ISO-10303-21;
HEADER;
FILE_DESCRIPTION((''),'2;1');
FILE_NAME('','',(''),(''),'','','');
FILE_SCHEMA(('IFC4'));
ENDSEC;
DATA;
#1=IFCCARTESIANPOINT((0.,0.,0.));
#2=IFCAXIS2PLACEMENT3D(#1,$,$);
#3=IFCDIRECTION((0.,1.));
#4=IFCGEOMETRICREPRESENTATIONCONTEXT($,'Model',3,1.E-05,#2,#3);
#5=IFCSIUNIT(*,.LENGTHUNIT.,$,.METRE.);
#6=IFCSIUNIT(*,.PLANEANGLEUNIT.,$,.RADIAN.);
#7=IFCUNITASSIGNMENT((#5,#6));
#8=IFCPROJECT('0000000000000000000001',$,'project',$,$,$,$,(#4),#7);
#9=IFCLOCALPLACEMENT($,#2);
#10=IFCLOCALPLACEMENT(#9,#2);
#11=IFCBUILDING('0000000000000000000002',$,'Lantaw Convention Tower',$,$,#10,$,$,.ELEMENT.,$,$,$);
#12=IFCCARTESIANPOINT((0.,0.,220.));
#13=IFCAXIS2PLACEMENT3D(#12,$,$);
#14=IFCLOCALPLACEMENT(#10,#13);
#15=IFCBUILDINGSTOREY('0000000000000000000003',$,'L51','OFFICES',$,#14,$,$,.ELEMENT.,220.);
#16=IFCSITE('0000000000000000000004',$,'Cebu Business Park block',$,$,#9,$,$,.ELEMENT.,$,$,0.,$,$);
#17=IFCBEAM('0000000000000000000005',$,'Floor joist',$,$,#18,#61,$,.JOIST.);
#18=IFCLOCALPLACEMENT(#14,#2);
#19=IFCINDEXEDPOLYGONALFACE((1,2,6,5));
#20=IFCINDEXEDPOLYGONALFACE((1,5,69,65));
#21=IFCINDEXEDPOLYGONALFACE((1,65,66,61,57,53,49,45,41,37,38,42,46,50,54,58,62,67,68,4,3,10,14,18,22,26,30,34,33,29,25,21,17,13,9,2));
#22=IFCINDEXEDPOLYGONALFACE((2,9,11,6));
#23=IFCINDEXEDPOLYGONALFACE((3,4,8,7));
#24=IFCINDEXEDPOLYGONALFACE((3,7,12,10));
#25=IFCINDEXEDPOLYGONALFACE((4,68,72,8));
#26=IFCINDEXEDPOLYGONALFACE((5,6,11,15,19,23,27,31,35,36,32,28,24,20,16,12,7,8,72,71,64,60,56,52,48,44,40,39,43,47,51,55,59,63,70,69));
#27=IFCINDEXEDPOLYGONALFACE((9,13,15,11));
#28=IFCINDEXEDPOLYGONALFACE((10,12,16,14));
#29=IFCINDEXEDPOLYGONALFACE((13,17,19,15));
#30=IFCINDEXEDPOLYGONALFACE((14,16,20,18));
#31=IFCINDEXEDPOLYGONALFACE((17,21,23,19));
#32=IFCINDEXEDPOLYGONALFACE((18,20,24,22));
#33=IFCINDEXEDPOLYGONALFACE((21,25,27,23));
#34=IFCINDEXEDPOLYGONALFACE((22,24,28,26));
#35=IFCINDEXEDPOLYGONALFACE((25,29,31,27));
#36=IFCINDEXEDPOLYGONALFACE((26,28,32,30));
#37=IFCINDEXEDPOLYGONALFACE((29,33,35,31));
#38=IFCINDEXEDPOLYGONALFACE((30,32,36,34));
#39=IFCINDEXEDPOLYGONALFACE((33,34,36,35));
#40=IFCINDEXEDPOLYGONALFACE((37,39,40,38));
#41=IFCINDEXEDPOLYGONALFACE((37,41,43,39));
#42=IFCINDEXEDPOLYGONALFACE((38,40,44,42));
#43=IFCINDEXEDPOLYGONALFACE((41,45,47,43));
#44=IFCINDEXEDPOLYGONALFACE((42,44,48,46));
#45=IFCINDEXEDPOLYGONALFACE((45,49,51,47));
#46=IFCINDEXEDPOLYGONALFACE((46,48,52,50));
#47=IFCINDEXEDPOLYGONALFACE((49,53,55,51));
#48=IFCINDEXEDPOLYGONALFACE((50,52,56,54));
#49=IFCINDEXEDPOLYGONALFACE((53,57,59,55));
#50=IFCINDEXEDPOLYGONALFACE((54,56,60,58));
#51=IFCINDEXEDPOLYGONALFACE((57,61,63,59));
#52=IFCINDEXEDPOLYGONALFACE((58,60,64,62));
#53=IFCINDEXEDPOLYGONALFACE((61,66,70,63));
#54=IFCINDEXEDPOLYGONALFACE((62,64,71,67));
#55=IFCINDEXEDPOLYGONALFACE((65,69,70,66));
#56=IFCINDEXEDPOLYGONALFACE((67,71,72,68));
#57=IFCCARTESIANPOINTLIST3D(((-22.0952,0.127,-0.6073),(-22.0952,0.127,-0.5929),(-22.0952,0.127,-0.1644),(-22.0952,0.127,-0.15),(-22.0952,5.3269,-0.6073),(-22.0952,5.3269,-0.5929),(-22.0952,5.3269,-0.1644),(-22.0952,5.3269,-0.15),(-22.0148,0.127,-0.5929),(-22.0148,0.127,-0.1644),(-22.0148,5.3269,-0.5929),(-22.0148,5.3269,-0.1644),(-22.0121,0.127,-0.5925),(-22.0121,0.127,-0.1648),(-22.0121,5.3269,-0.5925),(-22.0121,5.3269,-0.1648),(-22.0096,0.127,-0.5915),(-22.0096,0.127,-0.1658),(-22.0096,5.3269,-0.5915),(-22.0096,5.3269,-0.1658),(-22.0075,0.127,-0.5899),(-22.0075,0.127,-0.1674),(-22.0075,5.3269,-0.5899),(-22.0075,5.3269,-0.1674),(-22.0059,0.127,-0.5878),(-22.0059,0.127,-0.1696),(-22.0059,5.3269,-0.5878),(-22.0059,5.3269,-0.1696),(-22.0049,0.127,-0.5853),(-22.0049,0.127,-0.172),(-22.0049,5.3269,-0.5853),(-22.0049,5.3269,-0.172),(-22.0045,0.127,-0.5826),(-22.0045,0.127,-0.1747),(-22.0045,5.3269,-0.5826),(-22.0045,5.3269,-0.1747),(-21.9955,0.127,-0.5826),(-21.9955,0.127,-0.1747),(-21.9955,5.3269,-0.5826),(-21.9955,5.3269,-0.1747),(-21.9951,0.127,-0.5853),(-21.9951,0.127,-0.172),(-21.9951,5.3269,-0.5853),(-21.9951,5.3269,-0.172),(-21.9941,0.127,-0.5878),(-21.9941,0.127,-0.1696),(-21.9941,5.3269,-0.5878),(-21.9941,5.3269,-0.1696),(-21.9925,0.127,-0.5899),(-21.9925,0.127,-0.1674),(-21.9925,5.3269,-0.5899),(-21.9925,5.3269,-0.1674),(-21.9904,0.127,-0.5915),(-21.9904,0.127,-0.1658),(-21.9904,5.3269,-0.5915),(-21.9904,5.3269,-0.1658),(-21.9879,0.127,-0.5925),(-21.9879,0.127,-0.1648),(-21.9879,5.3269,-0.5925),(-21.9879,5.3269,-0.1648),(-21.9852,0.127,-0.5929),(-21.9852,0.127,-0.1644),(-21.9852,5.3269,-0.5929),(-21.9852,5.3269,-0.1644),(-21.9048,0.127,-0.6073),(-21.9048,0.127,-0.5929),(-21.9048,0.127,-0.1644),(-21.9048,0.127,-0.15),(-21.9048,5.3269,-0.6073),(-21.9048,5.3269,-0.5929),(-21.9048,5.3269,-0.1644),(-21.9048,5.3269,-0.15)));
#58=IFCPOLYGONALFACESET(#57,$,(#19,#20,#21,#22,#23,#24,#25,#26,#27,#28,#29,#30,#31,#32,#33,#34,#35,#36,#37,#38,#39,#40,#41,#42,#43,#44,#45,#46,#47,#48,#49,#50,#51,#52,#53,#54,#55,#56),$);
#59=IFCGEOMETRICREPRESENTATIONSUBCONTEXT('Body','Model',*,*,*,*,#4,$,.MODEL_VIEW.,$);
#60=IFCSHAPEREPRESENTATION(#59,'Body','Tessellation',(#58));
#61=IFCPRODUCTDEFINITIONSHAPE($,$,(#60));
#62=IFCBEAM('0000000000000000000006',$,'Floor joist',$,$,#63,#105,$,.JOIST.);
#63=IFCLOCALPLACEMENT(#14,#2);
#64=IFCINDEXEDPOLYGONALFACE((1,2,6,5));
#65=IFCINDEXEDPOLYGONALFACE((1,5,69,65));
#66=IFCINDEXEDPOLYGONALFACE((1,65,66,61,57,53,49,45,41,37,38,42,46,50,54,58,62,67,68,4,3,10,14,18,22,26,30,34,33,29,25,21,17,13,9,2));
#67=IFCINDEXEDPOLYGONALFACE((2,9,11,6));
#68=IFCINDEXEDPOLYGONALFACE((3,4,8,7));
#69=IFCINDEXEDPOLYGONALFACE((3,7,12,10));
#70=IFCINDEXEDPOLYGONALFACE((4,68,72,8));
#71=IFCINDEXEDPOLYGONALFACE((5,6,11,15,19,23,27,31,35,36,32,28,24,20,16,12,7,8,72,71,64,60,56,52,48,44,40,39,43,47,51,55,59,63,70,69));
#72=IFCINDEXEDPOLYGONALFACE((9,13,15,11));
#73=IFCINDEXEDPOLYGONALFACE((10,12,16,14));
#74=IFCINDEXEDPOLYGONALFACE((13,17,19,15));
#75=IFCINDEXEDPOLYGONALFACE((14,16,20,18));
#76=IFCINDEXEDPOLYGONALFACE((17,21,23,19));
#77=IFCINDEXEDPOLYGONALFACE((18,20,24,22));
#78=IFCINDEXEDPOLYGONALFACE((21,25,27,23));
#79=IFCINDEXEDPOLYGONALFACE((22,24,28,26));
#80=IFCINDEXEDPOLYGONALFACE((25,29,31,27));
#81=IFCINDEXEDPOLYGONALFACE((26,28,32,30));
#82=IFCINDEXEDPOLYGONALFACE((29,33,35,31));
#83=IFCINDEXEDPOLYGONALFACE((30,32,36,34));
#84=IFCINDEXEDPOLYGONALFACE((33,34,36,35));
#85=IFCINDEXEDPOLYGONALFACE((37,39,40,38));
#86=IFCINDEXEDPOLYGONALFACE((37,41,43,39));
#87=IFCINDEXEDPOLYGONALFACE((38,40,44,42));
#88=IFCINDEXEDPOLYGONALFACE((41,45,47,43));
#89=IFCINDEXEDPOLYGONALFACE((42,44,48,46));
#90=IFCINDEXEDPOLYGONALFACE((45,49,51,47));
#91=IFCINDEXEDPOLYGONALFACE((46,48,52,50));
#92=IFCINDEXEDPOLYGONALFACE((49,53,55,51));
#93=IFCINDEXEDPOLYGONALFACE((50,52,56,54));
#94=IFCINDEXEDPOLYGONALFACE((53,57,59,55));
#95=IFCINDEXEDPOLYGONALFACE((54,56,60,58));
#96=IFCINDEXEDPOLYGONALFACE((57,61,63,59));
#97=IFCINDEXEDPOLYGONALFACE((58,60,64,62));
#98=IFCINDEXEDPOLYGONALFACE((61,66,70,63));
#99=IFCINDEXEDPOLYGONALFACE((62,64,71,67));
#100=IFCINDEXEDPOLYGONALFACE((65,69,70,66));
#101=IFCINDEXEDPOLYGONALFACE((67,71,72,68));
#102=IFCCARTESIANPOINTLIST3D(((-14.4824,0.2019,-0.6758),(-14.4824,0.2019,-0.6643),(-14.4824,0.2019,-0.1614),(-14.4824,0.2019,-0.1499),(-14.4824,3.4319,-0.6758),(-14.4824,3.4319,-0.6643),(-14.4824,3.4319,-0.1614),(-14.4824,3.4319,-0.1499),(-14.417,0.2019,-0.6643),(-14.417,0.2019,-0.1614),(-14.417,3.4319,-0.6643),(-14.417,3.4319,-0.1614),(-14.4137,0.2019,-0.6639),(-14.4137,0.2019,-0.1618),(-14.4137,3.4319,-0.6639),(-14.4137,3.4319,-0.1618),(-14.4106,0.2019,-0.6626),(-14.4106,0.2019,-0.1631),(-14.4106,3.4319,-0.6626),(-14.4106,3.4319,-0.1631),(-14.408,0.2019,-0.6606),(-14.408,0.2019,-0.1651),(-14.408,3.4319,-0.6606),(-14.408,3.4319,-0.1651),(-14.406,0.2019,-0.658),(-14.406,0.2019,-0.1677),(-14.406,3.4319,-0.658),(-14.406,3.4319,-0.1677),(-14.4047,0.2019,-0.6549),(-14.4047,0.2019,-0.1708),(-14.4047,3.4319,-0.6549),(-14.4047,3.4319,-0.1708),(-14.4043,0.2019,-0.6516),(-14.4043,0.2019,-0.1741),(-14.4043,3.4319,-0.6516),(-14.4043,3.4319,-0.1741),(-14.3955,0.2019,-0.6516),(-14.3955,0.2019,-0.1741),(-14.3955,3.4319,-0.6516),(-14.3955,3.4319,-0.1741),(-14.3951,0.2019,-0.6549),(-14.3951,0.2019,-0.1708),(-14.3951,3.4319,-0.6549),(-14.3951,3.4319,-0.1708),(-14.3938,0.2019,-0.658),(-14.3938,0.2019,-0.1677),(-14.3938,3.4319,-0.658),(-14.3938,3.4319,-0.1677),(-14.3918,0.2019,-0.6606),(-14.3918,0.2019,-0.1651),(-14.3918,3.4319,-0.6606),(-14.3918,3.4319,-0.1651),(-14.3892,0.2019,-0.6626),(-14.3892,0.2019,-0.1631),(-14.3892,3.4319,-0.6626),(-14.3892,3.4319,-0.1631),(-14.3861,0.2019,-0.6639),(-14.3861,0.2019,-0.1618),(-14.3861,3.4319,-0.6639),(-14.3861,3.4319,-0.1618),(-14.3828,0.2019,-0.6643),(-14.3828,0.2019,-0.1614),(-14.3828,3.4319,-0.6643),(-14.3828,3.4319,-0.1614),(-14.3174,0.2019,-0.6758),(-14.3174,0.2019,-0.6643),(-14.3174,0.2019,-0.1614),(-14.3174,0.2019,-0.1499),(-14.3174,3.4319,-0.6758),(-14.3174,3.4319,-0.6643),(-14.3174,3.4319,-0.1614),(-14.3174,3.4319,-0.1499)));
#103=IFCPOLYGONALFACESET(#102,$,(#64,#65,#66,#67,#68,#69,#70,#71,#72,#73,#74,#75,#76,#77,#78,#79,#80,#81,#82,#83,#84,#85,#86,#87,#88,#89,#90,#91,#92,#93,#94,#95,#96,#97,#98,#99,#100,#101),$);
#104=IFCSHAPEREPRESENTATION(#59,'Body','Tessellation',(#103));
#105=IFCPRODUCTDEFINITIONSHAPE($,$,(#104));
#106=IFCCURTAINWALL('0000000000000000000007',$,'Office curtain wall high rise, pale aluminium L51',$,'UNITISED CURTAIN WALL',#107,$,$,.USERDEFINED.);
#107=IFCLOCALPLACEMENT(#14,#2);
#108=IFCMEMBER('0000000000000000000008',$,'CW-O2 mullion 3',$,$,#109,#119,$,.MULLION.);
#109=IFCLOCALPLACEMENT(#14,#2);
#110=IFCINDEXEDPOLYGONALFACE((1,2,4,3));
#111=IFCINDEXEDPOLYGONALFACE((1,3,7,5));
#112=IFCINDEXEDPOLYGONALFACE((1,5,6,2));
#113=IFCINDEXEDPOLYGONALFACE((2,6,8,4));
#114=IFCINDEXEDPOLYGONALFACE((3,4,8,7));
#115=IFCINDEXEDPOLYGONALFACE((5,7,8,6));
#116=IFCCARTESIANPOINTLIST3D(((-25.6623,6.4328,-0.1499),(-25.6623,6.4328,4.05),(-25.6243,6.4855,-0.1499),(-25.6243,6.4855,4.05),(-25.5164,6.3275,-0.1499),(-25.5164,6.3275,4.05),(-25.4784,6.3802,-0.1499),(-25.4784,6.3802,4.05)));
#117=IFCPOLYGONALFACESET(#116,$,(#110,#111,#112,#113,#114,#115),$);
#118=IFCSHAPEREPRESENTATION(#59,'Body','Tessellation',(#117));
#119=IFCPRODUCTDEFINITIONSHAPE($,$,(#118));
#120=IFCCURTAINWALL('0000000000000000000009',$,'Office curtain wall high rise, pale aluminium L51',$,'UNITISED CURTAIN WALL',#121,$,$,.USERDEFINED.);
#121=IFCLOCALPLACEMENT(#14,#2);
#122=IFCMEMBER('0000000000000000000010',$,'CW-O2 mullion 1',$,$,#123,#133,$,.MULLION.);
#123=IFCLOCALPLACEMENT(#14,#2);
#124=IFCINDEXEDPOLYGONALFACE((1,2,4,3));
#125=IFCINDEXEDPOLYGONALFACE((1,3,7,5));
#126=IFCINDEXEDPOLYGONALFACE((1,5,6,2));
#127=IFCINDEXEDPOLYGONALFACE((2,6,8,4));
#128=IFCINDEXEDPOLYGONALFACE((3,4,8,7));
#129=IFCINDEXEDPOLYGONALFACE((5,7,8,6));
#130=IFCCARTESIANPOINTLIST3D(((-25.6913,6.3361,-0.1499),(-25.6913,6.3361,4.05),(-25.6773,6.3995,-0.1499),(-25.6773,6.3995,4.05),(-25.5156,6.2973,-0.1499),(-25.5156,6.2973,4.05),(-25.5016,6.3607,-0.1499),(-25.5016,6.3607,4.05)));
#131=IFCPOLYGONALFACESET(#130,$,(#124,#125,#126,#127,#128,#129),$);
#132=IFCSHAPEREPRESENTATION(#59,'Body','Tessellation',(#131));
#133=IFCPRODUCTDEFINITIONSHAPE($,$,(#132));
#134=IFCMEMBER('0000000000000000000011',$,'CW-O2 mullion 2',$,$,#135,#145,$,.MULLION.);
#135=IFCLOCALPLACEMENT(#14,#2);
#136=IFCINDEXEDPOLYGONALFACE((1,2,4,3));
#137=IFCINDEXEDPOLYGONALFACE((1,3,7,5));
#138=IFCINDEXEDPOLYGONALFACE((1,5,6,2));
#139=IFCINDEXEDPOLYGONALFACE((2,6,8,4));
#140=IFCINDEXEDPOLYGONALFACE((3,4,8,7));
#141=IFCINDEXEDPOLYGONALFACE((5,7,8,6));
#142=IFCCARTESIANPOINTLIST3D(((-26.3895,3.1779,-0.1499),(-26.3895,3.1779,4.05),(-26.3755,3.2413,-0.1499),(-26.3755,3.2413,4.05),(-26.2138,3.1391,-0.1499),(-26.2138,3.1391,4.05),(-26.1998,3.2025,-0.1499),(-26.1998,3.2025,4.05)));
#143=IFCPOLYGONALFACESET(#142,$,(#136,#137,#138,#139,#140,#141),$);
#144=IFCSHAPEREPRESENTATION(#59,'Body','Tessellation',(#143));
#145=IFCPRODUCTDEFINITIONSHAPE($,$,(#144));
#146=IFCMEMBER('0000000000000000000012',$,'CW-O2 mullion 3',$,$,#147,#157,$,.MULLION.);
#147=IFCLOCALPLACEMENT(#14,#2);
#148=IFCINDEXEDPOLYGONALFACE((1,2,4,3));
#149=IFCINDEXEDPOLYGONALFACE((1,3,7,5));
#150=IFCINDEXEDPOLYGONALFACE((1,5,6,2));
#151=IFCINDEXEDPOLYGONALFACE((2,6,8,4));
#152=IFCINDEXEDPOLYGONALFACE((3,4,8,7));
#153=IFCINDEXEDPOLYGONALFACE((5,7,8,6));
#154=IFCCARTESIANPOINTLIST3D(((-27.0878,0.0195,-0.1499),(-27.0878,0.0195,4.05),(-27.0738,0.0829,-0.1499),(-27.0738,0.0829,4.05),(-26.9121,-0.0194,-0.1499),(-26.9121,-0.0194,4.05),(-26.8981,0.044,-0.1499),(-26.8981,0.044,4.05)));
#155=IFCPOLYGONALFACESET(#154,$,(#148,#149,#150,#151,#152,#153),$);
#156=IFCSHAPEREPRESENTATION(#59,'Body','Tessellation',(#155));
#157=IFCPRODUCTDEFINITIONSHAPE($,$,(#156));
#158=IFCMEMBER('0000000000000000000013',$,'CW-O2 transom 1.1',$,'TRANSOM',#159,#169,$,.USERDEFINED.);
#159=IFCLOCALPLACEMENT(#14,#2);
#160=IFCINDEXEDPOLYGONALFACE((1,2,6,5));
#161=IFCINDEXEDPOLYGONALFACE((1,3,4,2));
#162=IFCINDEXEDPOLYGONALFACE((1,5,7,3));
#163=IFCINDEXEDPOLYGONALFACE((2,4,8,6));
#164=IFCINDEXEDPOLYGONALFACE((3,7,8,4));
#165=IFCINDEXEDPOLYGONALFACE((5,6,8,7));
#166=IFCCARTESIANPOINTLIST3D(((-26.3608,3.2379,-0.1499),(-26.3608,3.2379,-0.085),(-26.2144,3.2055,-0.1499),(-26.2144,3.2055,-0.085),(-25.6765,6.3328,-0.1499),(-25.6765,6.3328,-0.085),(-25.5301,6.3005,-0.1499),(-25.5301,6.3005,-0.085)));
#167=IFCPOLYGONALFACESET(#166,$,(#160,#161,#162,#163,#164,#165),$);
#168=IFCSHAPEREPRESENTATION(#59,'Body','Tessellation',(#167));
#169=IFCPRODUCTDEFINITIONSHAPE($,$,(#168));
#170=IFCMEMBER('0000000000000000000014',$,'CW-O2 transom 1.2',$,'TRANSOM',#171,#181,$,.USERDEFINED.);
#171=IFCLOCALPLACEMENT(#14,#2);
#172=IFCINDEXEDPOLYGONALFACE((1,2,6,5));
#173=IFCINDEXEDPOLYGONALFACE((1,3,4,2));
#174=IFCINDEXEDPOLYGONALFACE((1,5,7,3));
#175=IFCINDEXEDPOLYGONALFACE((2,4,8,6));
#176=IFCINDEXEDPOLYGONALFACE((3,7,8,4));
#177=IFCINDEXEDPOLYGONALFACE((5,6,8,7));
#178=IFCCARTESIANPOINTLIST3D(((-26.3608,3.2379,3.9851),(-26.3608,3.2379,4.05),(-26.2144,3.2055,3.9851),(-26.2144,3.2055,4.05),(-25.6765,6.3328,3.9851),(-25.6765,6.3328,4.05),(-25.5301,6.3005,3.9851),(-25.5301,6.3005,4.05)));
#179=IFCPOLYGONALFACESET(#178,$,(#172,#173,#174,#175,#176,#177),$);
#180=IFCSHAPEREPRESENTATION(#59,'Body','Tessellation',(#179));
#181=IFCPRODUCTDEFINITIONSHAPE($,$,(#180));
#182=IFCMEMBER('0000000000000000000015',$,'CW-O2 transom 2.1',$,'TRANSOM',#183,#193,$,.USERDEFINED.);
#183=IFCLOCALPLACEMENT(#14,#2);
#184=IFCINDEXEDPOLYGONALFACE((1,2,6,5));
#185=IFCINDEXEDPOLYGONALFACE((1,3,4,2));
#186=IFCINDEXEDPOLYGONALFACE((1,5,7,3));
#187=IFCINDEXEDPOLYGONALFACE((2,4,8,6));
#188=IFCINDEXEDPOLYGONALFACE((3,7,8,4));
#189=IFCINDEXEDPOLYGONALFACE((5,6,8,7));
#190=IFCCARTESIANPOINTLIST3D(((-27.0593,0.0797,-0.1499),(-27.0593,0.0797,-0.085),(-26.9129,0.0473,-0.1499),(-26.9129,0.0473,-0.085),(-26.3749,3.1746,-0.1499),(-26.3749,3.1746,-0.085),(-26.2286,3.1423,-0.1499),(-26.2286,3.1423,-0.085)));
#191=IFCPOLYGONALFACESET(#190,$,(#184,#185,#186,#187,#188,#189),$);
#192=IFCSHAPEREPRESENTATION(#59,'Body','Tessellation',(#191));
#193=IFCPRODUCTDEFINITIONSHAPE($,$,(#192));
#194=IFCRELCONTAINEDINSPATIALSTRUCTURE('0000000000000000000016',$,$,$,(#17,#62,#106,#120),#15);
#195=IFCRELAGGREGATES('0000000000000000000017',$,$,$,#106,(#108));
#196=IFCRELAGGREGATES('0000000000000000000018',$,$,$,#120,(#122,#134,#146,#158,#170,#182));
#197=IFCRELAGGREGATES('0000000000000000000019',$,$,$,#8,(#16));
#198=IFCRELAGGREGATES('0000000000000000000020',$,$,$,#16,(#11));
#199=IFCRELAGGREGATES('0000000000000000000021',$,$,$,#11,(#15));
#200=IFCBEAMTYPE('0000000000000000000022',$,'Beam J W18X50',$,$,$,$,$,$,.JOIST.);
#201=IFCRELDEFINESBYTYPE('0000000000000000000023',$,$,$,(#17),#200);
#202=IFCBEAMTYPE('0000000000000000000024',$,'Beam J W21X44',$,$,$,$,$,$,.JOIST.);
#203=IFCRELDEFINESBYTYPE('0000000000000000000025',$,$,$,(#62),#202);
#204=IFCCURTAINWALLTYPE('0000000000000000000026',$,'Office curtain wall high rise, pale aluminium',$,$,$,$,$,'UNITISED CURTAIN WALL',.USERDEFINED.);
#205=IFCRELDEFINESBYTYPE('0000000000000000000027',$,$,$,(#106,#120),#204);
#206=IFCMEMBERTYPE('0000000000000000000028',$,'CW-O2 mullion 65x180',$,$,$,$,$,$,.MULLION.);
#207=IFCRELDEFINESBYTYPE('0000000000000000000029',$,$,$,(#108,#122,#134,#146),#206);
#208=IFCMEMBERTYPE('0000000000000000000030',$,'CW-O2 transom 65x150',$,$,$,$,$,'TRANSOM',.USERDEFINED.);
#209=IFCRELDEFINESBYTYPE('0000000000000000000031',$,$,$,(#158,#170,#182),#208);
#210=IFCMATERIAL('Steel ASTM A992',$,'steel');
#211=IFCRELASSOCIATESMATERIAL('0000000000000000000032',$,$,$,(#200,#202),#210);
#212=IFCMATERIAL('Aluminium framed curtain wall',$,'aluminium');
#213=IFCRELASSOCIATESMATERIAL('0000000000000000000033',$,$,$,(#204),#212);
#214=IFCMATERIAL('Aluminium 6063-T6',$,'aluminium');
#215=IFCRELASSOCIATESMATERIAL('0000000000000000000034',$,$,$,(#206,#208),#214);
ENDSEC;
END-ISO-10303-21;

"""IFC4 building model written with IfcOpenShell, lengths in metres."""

from ifc_helpers import new_model, si_unit, direction, frame, origin, origin_2d, place, context, subcontext, project, spatial, rectangle, i_section, extrude, material, material_profile, profile_set, type_object, element, aggregate, save


model = new_model("IFC4")

# Units and contexts
model_context = context("Model", 3, precision=1e-05, world=origin(), true_north=direction((0.0, 1.0)))
body_context = subcontext(model_context, "Body", "Model", "MODEL_VIEW")
ifc_project = project(units=[si_unit("LENGTHUNIT", "METRE"), si_unit("PLANEANGLEUNIT", "RADIAN")], contexts=[model_context])

# Site, building, storey
site_placement = place(None, origin())
site = spatial("IfcSite", under=ifc_project, at=site_placement, Name="Cebu Business Park block", CompositionType="ELEMENT", RefElevation=0.0)
building_placement = place(site_placement, origin())
building = spatial("IfcBuilding", under=site, at=building_placement, Name="Lantaw Convention Tower", CompositionType="ELEMENT")
storey_placement = place(building_placement, frame((0.0, 0.0, 220.0)))
storey = spatial("IfcBuildingStorey", under=building, at=storey_placement, Name="L51", Description="OFFICES", CompositionType="ELEMENT", Elevation=220.0)

# Beams
ifc_material_1 = material(Name="Steel ASTM A992", Category="steel")
ifc_material_profile_1 = material_profile(ifc_material_1, i_section(OverallWidth=0.1904, OverallDepth=0.4573, WebThickness=0.009, FlangeThickness=0.0144, FilletRadius=0.0103, at=origin_2d()), Name="W18X50")
ifc_profile_set_1 = profile_set([ifc_material_profile_1], Name="Steel ASTM A992")
beam_type_1 = type_object("IfcBeamType", Name="Beam J W18X50", PredefinedType="JOIST", material=ifc_profile_set_1)
beam_1_placement = place(storey_placement, frame((-22.0, 0.127, -0.3787), z_axis=(0.0, 1.0, 0.0), x_axis=(-1.0, 0.0, 0.0)))
element("IfcBeam", 1, at=beam_1_placement, inside=storey, type_object=beam_type_1, Name="Floor joist", PredefinedType="JOIST", context=body_context, shape_type="SweptSolid", body=[
    extrude(i_section(OverallWidth=0.1904, OverallDepth=0.4573, WebThickness=0.009, FlangeThickness=0.0144, FilletRadius=0.0103, at=origin_2d()), origin(), (0.0, 0.0, 1.0), 5.2),
])
ifc_material_profile_2 = material_profile(ifc_material_1, i_section(OverallWidth=0.165, OverallDepth=0.5259, WebThickness=0.0088, FlangeThickness=0.0115, FilletRadius=0.0127, at=origin_2d()), Name="W21X44")
ifc_profile_set_2 = profile_set([ifc_material_profile_2], Name="Steel ASTM A992")
beam_type_2 = type_object("IfcBeamType", Name="Beam J W21X44", PredefinedType="JOIST", material=ifc_profile_set_2)
beam_2_placement = place(storey_placement, frame((-14.3999, 0.2019, -0.4128), z_axis=(0.0, 1.0, 0.0), x_axis=(-1.0, 0.0, 0.0)))
element("IfcBeam", 2, at=beam_2_placement, inside=storey, type_object=beam_type_2, Name="Floor joist", PredefinedType="JOIST", context=body_context, shape_type="SweptSolid", body=[
    extrude(i_section(OverallWidth=0.165, OverallDepth=0.5259, WebThickness=0.0088, FlangeThickness=0.0115, FilletRadius=0.0127, at=origin_2d()), origin(), (0.0, 0.0, 1.0), 3.23),
])

# Curtain wall, member
ifc_material_2 = material(Name="Aluminium framed curtain wall", Category="aluminium")
curtain_wall_type = type_object("IfcCurtainWallType", Name="Office curtain wall high rise, pale aluminium", ElementType="UNITISED CURTAIN WALL", PredefinedType="USERDEFINED", material=ifc_material_2)
curtain_wall_1_placement = place(storey_placement, origin())
curtain_wall_1 = element("IfcCurtainWall", 3, at=curtain_wall_1_placement, inside=storey, type_object=curtain_wall_type, Name="Office curtain wall high rise, pale aluminium L51", ObjectType="UNITISED CURTAIN WALL", PredefinedType="USERDEFINED")
ifc_material_3 = material(Name="Aluminium 6063-T6", Category="aluminium")
ifc_material_profile_3 = material_profile(ifc_material_3, rectangle(XDim=0.1799, YDim=0.0649, at=origin_2d()), Name="CW-O2 mullion 65x180")
ifc_profile_set_3 = profile_set([ifc_material_profile_3], Name="Aluminium 6063-T6")
member_type_1 = type_object("IfcMemberType", Name="CW-O2 mullion 65x180", PredefinedType="MULLION", material=ifc_profile_set_3)
member_1_placement = place(storey_placement, frame((-25.5703, 6.4065, -0.1499), z_axis=(0.0, 0.0, 1.0), x_axis=(0.81092, -0.585158, 0.0)))
member_1 = element("IfcMember", 4, at=member_1_placement, type_object=member_type_1, Name="CW-O2 mullion 3", PredefinedType="MULLION", context=body_context, shape_type="SweptSolid", body=[
    extrude(rectangle(XDim=0.1799, YDim=0.0649, at=origin_2d()), origin(), (0.0, 0.0, 1.0), 4.2),
])

# Curtain wall, members
curtain_wall_2_placement = place(storey_placement, origin())
curtain_wall_2 = element("IfcCurtainWall", 5, at=curtain_wall_2_placement, inside=storey, type_object=curtain_wall_type, Name="Office curtain wall high rise, pale aluminium L51", ObjectType="UNITISED CURTAIN WALL", PredefinedType="USERDEFINED")
member_2_placement = place(storey_placement, frame((-25.5964, 6.3484, -0.1499), z_axis=(0.0, 0.0, 1.0), x_axis=(0.976417, -0.215891, 0.0)))
member_2 = element("IfcMember", 6, at=member_2_placement, type_object=member_type_1, Name="CW-O2 mullion 1", PredefinedType="MULLION", context=body_context, shape_type="SweptSolid", body=[
    extrude(rectangle(XDim=0.1799, YDim=0.0649, at=origin_2d()), origin(), (0.0, 0.0, 1.0), 4.2),
])
member_3_placement = place(storey_placement, frame((-26.2947, 3.1902, -0.1499), z_axis=(0.0, 0.0, 1.0), x_axis=(0.976417, -0.215891, 0.0)))
member_3 = element("IfcMember", 7, at=member_3_placement, type_object=member_type_1, Name="CW-O2 mullion 2", PredefinedType="MULLION", context=body_context, shape_type="SweptSolid", body=[
    extrude(rectangle(XDim=0.1799, YDim=0.0649, at=origin_2d()), origin(), (0.0, 0.0, 1.0), 4.2),
])
member_4_placement = place(storey_placement, frame((-26.9929, 0.0317, -0.1499), z_axis=(0.0, 0.0, 1.0), x_axis=(0.976417, -0.215891, 0.0)))
member_4 = element("IfcMember", 8, at=member_4_placement, type_object=member_type_1, Name="CW-O2 mullion 3", PredefinedType="MULLION", context=body_context, shape_type="SweptSolid", body=[
    extrude(rectangle(XDim=0.1799, YDim=0.0649, at=origin_2d()), origin(), (0.0, 0.0, 1.0), 4.2),
])
ifc_material_profile_4 = material_profile(ifc_material_3, rectangle(XDim=0.1499, YDim=0.0649, at=origin_2d()), Name="CW-O2 transom 65x150")
ifc_profile_set_4 = profile_set([ifc_material_profile_4], Name="Aluminium 6063-T6")
member_type_2 = type_object("IfcMemberType", Name="CW-O2 transom 65x150", ElementType="TRANSOM", PredefinedType="USERDEFINED", material=ifc_profile_set_4)
member_5_placement = place(storey_placement, frame((-25.6033, 6.3167, -0.1174), z_axis=(-0.215895, -0.976417, 0.0), x_axis=(0.976417, -0.215895, 0.0)))
member_5 = element("IfcMember", 9, at=member_5_placement, type_object=member_type_2, Name="CW-O2 transom 1.1", ObjectType="TRANSOM", PredefinedType="USERDEFINED", context=body_context, shape_type="SweptSolid", body=[
    extrude(rectangle(XDim=0.1499, YDim=0.0649, at=origin_2d()), origin(), (0.0, 0.0, 1.0), 3.1697),
])
member_6_placement = place(storey_placement, frame((-25.6033, 6.3167, 4.0176), z_axis=(-0.215895, -0.976417, 0.0), x_axis=(0.976417, -0.215895, 0.0)))
member_6 = element("IfcMember", 10, at=member_6_placement, type_object=member_type_2, Name="CW-O2 transom 1.2", ObjectType="TRANSOM", PredefinedType="USERDEFINED", context=body_context, shape_type="SweptSolid", body=[
    extrude(rectangle(XDim=0.1499, YDim=0.0649, at=origin_2d()), origin(), (0.0, 0.0, 1.0), 3.1697),
])
member_7_placement = place(storey_placement, frame((-26.3018, 3.1584, -0.1174), z_axis=(-0.215895, -0.976417, 0.0), x_axis=(0.976417, -0.215895, 0.0)))
member_7 = element("IfcMember", 11, at=member_7_placement, type_object=member_type_2, Name="CW-O2 transom 2.1", ObjectType="TRANSOM", PredefinedType="USERDEFINED", context=body_context, shape_type="SweptSolid", body=[
    extrude(rectangle(XDim=0.1499, YDim=0.0649, at=origin_2d()), origin(), (0.0, 0.0, 1.0), 3.1697),
])

aggregate(curtain_wall_1, [member_1])
aggregate(curtain_wall_2, [member_2, member_3, member_4, member_5, member_6, member_7])

save(model, "model.ifc")
